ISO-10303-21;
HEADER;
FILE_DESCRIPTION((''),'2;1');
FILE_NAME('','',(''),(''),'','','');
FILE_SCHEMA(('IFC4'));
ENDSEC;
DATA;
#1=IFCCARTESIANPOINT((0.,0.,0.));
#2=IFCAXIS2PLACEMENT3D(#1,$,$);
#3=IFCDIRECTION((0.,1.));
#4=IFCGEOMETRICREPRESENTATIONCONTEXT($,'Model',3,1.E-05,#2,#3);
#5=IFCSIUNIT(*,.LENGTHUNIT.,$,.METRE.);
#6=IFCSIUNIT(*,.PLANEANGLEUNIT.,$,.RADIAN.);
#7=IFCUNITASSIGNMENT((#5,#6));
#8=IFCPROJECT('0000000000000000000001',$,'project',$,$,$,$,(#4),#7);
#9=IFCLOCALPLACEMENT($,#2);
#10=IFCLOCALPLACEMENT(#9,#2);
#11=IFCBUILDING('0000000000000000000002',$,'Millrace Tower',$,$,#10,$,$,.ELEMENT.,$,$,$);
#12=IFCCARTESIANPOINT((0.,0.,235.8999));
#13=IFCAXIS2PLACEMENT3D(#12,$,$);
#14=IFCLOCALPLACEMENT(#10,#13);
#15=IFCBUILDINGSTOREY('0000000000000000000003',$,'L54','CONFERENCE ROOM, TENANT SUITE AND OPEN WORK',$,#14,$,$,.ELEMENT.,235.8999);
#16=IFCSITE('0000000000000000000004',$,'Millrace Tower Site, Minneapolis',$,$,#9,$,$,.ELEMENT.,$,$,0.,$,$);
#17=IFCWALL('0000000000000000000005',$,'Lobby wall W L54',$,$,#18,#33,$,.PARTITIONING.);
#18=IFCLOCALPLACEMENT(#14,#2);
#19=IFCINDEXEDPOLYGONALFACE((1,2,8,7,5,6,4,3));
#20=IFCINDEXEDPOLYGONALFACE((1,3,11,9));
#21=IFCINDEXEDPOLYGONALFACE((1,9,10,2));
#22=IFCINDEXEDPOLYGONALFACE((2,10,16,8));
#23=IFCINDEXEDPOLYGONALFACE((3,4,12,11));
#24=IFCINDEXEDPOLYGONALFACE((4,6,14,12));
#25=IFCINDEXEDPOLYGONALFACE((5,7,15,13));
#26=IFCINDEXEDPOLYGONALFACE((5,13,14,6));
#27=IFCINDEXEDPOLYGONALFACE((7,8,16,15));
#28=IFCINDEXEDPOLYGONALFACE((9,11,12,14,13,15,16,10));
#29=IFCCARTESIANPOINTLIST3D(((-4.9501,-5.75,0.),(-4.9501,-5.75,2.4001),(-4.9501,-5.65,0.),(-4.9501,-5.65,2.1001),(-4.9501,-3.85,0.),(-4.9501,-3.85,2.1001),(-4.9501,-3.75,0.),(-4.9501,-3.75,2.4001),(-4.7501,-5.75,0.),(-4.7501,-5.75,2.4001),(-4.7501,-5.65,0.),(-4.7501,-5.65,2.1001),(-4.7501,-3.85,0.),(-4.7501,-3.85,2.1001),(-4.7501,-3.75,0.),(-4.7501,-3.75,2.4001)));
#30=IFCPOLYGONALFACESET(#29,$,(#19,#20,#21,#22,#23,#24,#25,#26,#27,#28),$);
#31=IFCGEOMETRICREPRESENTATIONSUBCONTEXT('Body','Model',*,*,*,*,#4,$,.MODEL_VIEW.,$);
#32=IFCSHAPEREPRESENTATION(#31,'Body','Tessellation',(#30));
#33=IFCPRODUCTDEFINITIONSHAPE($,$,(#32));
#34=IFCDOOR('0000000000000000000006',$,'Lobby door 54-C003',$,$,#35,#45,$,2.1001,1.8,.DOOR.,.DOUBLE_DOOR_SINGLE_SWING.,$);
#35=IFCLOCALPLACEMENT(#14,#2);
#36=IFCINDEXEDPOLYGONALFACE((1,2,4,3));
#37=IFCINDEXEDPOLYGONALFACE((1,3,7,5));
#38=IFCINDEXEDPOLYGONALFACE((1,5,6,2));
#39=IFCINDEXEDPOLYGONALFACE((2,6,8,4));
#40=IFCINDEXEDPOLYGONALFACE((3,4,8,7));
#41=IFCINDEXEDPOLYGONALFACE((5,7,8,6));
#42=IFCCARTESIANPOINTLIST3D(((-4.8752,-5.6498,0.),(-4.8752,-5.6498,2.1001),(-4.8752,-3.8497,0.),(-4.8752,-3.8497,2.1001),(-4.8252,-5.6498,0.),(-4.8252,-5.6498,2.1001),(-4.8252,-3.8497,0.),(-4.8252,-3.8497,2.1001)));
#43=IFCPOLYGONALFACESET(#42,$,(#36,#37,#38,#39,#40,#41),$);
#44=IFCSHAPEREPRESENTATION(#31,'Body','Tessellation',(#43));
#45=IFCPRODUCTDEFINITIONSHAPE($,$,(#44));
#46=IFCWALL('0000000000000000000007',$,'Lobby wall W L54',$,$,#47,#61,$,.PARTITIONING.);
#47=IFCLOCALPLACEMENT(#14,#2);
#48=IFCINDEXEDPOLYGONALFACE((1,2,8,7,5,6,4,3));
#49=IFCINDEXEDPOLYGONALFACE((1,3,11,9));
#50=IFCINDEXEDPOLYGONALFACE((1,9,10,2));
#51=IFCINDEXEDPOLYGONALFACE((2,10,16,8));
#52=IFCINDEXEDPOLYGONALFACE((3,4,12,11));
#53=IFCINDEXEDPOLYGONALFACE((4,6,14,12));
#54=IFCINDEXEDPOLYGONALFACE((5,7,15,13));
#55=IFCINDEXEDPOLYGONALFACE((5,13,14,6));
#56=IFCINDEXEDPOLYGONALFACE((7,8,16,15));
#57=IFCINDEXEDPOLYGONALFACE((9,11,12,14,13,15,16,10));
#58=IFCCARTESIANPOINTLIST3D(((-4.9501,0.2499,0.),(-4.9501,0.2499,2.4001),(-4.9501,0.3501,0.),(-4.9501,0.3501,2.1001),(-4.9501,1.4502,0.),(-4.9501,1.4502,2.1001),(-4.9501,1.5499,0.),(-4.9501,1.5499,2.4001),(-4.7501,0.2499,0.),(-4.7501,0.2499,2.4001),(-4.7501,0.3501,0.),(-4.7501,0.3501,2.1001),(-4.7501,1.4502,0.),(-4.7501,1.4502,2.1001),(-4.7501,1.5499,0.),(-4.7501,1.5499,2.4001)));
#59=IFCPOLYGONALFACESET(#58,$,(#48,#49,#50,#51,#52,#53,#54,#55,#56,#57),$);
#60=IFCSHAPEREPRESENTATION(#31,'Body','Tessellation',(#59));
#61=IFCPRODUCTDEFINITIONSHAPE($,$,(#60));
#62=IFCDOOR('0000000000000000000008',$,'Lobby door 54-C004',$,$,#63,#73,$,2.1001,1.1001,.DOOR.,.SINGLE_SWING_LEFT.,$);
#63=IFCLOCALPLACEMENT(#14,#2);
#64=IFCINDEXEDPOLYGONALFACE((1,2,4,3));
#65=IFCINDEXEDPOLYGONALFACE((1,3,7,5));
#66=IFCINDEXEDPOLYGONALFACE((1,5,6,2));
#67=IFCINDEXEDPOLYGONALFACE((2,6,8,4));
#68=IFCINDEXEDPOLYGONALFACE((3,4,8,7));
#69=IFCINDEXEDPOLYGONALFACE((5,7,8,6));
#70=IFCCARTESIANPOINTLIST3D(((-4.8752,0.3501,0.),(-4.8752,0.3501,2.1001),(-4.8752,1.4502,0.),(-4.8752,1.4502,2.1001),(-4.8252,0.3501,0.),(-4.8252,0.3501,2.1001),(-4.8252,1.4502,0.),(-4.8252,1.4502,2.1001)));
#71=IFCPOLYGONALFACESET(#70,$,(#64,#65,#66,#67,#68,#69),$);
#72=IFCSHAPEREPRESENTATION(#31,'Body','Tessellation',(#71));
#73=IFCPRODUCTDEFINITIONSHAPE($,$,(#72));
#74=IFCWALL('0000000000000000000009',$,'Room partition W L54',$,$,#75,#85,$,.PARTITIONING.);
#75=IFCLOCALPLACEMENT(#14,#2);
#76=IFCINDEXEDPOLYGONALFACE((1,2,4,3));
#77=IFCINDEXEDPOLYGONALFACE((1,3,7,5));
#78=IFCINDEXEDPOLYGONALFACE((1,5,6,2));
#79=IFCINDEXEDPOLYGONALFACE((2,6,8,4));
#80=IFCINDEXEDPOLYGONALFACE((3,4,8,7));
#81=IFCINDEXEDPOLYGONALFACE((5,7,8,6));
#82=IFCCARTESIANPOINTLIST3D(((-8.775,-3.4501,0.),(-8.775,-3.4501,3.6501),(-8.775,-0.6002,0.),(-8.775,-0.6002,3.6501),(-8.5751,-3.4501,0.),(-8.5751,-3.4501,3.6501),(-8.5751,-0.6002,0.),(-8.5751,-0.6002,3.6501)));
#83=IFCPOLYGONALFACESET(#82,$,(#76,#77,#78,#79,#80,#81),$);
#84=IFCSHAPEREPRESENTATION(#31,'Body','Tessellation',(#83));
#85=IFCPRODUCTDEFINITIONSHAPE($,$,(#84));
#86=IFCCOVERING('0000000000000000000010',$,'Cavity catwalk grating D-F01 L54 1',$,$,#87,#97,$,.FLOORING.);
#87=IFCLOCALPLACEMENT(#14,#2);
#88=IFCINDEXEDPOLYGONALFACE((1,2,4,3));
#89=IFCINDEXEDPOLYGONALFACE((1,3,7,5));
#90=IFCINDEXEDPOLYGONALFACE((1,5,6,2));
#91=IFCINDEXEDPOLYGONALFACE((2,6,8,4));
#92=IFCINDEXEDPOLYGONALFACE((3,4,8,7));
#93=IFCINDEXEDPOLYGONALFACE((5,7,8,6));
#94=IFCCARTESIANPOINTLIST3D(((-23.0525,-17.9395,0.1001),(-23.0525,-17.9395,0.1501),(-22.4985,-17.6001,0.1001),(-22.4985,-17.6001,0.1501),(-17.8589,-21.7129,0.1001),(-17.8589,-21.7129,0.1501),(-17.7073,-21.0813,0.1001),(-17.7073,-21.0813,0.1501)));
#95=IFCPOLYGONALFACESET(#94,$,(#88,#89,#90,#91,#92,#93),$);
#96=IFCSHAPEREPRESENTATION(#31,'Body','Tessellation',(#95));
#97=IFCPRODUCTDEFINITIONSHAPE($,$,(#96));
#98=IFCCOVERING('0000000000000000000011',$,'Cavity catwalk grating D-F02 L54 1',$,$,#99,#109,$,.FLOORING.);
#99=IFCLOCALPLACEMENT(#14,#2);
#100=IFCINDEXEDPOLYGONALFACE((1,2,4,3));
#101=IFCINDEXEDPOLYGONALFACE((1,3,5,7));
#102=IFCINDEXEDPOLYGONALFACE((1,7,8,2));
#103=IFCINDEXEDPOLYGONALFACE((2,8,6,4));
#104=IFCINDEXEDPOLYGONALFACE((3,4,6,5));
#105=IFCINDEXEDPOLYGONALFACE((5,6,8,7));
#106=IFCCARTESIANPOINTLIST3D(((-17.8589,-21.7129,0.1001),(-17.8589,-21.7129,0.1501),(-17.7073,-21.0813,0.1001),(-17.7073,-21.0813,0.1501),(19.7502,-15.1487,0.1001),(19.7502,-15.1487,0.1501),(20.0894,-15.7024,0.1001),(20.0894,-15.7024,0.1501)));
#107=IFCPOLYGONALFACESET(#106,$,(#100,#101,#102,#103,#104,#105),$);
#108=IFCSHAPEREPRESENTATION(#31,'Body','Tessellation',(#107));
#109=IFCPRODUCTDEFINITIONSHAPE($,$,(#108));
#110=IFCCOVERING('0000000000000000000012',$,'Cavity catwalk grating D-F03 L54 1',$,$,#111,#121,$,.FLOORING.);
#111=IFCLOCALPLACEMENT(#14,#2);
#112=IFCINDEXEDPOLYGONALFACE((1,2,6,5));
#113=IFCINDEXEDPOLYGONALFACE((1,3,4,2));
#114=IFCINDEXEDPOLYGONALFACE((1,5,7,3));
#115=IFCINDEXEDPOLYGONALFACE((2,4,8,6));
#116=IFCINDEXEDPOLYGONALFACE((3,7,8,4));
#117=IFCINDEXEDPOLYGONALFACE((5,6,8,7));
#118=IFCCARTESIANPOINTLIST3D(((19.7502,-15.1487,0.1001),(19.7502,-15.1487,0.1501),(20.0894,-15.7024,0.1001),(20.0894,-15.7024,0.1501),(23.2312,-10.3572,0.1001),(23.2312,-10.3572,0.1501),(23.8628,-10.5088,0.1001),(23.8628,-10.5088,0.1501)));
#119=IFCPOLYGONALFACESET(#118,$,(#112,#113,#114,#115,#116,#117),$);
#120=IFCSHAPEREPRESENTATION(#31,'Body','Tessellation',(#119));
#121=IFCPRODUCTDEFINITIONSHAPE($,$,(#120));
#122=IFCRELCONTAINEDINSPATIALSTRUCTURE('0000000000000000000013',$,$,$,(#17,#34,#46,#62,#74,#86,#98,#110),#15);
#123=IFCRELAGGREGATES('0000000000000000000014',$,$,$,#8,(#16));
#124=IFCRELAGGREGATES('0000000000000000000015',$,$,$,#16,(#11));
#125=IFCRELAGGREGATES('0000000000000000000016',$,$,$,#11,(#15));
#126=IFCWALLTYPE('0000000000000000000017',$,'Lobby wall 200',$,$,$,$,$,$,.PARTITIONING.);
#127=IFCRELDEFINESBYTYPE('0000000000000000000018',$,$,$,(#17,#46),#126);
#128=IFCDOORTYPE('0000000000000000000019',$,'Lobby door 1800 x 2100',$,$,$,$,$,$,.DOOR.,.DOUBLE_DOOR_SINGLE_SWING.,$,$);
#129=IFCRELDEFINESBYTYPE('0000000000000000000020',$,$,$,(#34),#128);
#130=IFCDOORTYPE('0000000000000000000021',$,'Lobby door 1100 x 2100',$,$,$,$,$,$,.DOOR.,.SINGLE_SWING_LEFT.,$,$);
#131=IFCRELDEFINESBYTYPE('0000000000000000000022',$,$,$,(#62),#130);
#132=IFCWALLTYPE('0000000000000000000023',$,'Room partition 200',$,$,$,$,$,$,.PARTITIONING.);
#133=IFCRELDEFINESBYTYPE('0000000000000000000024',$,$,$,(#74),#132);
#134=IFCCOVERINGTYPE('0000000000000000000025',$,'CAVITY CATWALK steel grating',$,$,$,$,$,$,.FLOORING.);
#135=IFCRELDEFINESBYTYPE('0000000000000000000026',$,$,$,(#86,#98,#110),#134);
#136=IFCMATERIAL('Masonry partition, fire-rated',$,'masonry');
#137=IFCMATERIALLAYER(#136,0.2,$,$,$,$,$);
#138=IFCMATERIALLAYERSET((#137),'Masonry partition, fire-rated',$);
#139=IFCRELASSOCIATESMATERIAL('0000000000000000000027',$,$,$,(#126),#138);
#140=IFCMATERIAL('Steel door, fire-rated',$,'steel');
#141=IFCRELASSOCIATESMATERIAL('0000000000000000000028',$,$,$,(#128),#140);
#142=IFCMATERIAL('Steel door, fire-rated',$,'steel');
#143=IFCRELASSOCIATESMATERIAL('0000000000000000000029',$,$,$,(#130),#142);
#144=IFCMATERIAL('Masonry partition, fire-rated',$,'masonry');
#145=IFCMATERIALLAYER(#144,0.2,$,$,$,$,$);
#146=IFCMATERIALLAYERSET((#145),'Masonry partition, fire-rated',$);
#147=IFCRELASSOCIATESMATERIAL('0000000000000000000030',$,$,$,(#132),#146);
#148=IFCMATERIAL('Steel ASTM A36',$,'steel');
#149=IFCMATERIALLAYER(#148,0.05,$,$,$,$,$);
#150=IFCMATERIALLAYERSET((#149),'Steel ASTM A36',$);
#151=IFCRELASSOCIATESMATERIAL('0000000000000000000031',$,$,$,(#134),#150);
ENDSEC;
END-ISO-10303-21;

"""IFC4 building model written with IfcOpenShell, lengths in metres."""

from ifc_helpers import new_model, si_unit, direction, frame, frame_2d, origin, place, context, subcontext, project, spatial, polyline, rectangle, outline, extrude, material, layer, layer_set, type_object, element, fill, save


model = new_model("IFC4")

# Units and contexts
model_context = context("Model", 3, precision=1e-05, world=origin(), true_north=direction((0.0, 1.0)))
body_context = subcontext(model_context, "Body", "Model", "MODEL_VIEW")
ifc_project = project(units=[si_unit("LENGTHUNIT", "METRE"), si_unit("PLANEANGLEUNIT", "RADIAN")], contexts=[model_context])

# Site, building, storey
site_placement = place(None, origin())
site = spatial("IfcSite", under=ifc_project, at=site_placement, Name="Millrace Tower Site, Minneapolis", CompositionType="ELEMENT", RefElevation=0.0)
building_placement = place(site_placement, origin())
building = spatial("IfcBuilding", under=site, at=building_placement, Name="Millrace Tower", CompositionType="ELEMENT")
storey_placement = place(building_placement, frame((0.0, 0.0, 235.8999)))
storey = spatial("IfcBuildingStorey", under=building, at=storey_placement, Name="L54", Description="CONFERENCE ROOM, TENANT SUITE AND OPEN WORK", CompositionType="ELEMENT", Elevation=235.8999)

# Walls, openings, doors
ifc_material_1 = material(Name="Masonry partition, fire-rated", Category="masonry")
ifc_layer_1 = layer(ifc_material_1, 0.2)
ifc_layer_set_1 = layer_set([ifc_layer_1], Name="Masonry partition, fire-rated")
wall_type_1 = type_object("IfcWallType", Name="Lobby wall 200", PredefinedType="PARTITIONING", material=ifc_layer_set_1)
wall_1_placement = place(storey_placement, frame((-4.8501, -5.75, 0.0), z_axis=(0.0, 0.0, 1.0), x_axis=(0.0, 1.0, 0.0)))
wall_1 = element("IfcWall", 1, at=wall_1_placement, inside=storey, type_object=wall_type_1, Name="Lobby wall W L54", PredefinedType="PARTITIONING", context=body_context, shape_type="SweptSolid", body=[
    extrude(rectangle(XDim=2.0, YDim=0.2, at=frame_2d((1.0, 0.0))), origin(), (0.0, 0.0, 1.0), 2.4001),
])
opening_1_placement = place(wall_1_placement, frame((0.1001, 0.0, 0.0)))
opening_1 = element("IfcOpeningElement", 2, at=opening_1_placement, cuts=wall_1, PredefinedType="OPENING", context=body_context, shape_type="SweptSolid", body=[
    extrude(rectangle(XDim=1.8, YDim=2.1001, at=frame_2d((0.8999, 1.05))), frame((0.0, 0.1099, 0.0), z_axis=(0.0, -1.0, 0.0), x_axis=(1.0, 0.0, 0.0)), (0.0, 0.0, 1.0), 0.22),
])
ifc_material_2 = material(Name="Steel door, fire-rated", Category="steel")
door_type_1 = type_object("IfcDoorType", Name="Lobby door 1800 x 2100", OperationType="DOUBLE_DOOR_SINGLE_SWING", PredefinedType="DOOR", material=ifc_material_2)
door_1_placement = place(opening_1_placement, frame((1.8, 0.0, 0.0), z_axis=(0.0, 0.0, 1.0), x_axis=(-1.0, 0.0, 0.0)))
door_1 = element("IfcDoor", 3, at=door_1_placement, inside=storey, type_object=door_type_1, Name="Lobby door 54-C003", OperationType="DOUBLE_DOOR_SINGLE_SWING", OverallHeight=2.1001, OverallWidth=1.8, PredefinedType="DOOR", context=body_context, shape_type="SweptSolid", body=[
    extrude(rectangle(XDim=1.8, YDim=2.1001, at=frame_2d((0.8999, 1.05))), frame((0.0, 0.0249, 0.0), z_axis=(0.0, -1.0, 0.0), x_axis=(1.0, 0.0, 0.0)), (0.0, 0.0, 1.0), 0.05),
])
fill(opening_1, door_1)
wall_2_placement = place(storey_placement, frame((-4.8501, 0.25, 0.0), z_axis=(0.0, 0.0, 1.0), x_axis=(0.0, 1.0, 0.0)))
wall_2 = element("IfcWall", 4, at=wall_2_placement, inside=storey, type_object=wall_type_1, Name="Lobby wall W L54", PredefinedType="PARTITIONING", context=body_context, shape_type="SweptSolid", body=[
    extrude(rectangle(XDim=1.3, YDim=0.2, at=frame_2d((0.6499, 0.0))), origin(), (0.0, 0.0, 1.0), 2.4001),
])
opening_2_placement = place(wall_2_placement, frame((0.1001, 0.0, 0.0)))
opening_2 = element("IfcOpeningElement", 5, at=opening_2_placement, cuts=wall_2, PredefinedType="OPENING", context=body_context, shape_type="SweptSolid", body=[
    extrude(rectangle(XDim=1.1001, YDim=2.1001, at=frame_2d((0.55, 1.05))), frame((0.0, 0.1099, 0.0), z_axis=(0.0, -1.0, 0.0), x_axis=(1.0, 0.0, 0.0)), (0.0, 0.0, 1.0), 0.22),
])
ifc_material_3 = material(Name="Steel door, fire-rated", Category="steel")
door_type_2 = type_object("IfcDoorType", Name="Lobby door 1100 x 2100", OperationType="SINGLE_SWING_LEFT", PredefinedType="DOOR", material=ifc_material_3)
door_2_placement = place(opening_2_placement, frame((1.1001, 0.0, 0.0), z_axis=(0.0, 0.0, 1.0), x_axis=(-1.0, 0.0, 0.0)))
door_2 = element("IfcDoor", 6, at=door_2_placement, inside=storey, type_object=door_type_2, Name="Lobby door 54-C004", OperationType="SINGLE_SWING_LEFT", OverallHeight=2.1001, OverallWidth=1.1001, PredefinedType="DOOR", context=body_context, shape_type="SweptSolid", body=[
    extrude(rectangle(XDim=1.1001, YDim=2.1001, at=frame_2d((0.55, 1.05))), frame((0.0, 0.0249, 0.0), z_axis=(0.0, -1.0, 0.0), x_axis=(1.0, 0.0, 0.0)), (0.0, 0.0, 1.0), 0.05),
])
fill(opening_2, door_2)

# Wall
ifc_material_4 = material(Name="Masonry partition, fire-rated", Category="masonry")
ifc_layer_2 = layer(ifc_material_4, 0.2)
ifc_layer_set_2 = layer_set([ifc_layer_2], Name="Masonry partition, fire-rated")
wall_type_2 = type_object("IfcWallType", Name="Room partition 200", PredefinedType="PARTITIONING", material=ifc_layer_set_2)
wall_3_placement = place(storey_placement, frame((-8.675, -3.45, 0.0), z_axis=(0.0, 0.0, 1.0), x_axis=(0.0, 1.0, 0.0)))
element("IfcWall", 7, at=wall_3_placement, inside=storey, type_object=wall_type_2, Name="Room partition W L54", PredefinedType="PARTITIONING", context=body_context, shape_type="SweptSolid", body=[
    extrude(rectangle(XDim=2.8499, YDim=0.2, at=frame_2d((1.4248, 0.0))), origin(), (0.0, 0.0, 1.0), 3.6501),
])

# Coverings
ifc_material_5 = material(Name="Steel ASTM A36", Category="steel")
ifc_layer_3 = layer(ifc_material_5, 0.05)
ifc_layer_set_3 = layer_set([ifc_layer_3], Name="Steel ASTM A36")
covering_type = type_object("IfcCoveringType", Name="CAVITY CATWALK steel grating", PredefinedType="FLOORING", material=ifc_layer_set_3)
placement_1 = place(storey_placement, frame((0.0, 0.0, 0.1001)))
element("IfcCovering", 8, at=placement_1, inside=storey, type_object=covering_type, Name="Cavity catwalk grating D-F01 L54 1", PredefinedType="FLOORING", context=body_context, shape_type="SweptSolid", body=[
    extrude(outline(polyline([(-23.0525, -17.9395), (-17.8589, -21.7129), (-17.7073, -21.0813), (-22.4985, -17.6001), (-23.0525, -17.9395)])), origin(), (0.0, 0.0, 1.0), 0.05),
])
element("IfcCovering", 9, at=placement_1, inside=storey, type_object=covering_type, Name="Cavity catwalk grating D-F02 L54 1", PredefinedType="FLOORING", context=body_context, shape_type="SweptSolid", body=[
    extrude(outline(polyline([(-17.8589, -21.7129), (20.0894, -15.7024), (19.7502, -15.1487), (-17.7073, -21.0813), (-17.8589, -21.7129)])), origin(), (0.0, 0.0, 1.0), 0.05),
])
element("IfcCovering", 10, at=placement_1, inside=storey, type_object=covering_type, Name="Cavity catwalk grating D-F03 L54 1", PredefinedType="FLOORING", context=body_context, shape_type="SweptSolid", body=[
    extrude(outline(polyline([(20.0894, -15.7024), (23.8628, -10.5088), (23.2312, -10.3572), (19.7502, -15.1487), (20.0894, -15.7024)])), origin(), (0.0, 0.0, 1.0), 0.05),
])

save(model, "model.ifc")
